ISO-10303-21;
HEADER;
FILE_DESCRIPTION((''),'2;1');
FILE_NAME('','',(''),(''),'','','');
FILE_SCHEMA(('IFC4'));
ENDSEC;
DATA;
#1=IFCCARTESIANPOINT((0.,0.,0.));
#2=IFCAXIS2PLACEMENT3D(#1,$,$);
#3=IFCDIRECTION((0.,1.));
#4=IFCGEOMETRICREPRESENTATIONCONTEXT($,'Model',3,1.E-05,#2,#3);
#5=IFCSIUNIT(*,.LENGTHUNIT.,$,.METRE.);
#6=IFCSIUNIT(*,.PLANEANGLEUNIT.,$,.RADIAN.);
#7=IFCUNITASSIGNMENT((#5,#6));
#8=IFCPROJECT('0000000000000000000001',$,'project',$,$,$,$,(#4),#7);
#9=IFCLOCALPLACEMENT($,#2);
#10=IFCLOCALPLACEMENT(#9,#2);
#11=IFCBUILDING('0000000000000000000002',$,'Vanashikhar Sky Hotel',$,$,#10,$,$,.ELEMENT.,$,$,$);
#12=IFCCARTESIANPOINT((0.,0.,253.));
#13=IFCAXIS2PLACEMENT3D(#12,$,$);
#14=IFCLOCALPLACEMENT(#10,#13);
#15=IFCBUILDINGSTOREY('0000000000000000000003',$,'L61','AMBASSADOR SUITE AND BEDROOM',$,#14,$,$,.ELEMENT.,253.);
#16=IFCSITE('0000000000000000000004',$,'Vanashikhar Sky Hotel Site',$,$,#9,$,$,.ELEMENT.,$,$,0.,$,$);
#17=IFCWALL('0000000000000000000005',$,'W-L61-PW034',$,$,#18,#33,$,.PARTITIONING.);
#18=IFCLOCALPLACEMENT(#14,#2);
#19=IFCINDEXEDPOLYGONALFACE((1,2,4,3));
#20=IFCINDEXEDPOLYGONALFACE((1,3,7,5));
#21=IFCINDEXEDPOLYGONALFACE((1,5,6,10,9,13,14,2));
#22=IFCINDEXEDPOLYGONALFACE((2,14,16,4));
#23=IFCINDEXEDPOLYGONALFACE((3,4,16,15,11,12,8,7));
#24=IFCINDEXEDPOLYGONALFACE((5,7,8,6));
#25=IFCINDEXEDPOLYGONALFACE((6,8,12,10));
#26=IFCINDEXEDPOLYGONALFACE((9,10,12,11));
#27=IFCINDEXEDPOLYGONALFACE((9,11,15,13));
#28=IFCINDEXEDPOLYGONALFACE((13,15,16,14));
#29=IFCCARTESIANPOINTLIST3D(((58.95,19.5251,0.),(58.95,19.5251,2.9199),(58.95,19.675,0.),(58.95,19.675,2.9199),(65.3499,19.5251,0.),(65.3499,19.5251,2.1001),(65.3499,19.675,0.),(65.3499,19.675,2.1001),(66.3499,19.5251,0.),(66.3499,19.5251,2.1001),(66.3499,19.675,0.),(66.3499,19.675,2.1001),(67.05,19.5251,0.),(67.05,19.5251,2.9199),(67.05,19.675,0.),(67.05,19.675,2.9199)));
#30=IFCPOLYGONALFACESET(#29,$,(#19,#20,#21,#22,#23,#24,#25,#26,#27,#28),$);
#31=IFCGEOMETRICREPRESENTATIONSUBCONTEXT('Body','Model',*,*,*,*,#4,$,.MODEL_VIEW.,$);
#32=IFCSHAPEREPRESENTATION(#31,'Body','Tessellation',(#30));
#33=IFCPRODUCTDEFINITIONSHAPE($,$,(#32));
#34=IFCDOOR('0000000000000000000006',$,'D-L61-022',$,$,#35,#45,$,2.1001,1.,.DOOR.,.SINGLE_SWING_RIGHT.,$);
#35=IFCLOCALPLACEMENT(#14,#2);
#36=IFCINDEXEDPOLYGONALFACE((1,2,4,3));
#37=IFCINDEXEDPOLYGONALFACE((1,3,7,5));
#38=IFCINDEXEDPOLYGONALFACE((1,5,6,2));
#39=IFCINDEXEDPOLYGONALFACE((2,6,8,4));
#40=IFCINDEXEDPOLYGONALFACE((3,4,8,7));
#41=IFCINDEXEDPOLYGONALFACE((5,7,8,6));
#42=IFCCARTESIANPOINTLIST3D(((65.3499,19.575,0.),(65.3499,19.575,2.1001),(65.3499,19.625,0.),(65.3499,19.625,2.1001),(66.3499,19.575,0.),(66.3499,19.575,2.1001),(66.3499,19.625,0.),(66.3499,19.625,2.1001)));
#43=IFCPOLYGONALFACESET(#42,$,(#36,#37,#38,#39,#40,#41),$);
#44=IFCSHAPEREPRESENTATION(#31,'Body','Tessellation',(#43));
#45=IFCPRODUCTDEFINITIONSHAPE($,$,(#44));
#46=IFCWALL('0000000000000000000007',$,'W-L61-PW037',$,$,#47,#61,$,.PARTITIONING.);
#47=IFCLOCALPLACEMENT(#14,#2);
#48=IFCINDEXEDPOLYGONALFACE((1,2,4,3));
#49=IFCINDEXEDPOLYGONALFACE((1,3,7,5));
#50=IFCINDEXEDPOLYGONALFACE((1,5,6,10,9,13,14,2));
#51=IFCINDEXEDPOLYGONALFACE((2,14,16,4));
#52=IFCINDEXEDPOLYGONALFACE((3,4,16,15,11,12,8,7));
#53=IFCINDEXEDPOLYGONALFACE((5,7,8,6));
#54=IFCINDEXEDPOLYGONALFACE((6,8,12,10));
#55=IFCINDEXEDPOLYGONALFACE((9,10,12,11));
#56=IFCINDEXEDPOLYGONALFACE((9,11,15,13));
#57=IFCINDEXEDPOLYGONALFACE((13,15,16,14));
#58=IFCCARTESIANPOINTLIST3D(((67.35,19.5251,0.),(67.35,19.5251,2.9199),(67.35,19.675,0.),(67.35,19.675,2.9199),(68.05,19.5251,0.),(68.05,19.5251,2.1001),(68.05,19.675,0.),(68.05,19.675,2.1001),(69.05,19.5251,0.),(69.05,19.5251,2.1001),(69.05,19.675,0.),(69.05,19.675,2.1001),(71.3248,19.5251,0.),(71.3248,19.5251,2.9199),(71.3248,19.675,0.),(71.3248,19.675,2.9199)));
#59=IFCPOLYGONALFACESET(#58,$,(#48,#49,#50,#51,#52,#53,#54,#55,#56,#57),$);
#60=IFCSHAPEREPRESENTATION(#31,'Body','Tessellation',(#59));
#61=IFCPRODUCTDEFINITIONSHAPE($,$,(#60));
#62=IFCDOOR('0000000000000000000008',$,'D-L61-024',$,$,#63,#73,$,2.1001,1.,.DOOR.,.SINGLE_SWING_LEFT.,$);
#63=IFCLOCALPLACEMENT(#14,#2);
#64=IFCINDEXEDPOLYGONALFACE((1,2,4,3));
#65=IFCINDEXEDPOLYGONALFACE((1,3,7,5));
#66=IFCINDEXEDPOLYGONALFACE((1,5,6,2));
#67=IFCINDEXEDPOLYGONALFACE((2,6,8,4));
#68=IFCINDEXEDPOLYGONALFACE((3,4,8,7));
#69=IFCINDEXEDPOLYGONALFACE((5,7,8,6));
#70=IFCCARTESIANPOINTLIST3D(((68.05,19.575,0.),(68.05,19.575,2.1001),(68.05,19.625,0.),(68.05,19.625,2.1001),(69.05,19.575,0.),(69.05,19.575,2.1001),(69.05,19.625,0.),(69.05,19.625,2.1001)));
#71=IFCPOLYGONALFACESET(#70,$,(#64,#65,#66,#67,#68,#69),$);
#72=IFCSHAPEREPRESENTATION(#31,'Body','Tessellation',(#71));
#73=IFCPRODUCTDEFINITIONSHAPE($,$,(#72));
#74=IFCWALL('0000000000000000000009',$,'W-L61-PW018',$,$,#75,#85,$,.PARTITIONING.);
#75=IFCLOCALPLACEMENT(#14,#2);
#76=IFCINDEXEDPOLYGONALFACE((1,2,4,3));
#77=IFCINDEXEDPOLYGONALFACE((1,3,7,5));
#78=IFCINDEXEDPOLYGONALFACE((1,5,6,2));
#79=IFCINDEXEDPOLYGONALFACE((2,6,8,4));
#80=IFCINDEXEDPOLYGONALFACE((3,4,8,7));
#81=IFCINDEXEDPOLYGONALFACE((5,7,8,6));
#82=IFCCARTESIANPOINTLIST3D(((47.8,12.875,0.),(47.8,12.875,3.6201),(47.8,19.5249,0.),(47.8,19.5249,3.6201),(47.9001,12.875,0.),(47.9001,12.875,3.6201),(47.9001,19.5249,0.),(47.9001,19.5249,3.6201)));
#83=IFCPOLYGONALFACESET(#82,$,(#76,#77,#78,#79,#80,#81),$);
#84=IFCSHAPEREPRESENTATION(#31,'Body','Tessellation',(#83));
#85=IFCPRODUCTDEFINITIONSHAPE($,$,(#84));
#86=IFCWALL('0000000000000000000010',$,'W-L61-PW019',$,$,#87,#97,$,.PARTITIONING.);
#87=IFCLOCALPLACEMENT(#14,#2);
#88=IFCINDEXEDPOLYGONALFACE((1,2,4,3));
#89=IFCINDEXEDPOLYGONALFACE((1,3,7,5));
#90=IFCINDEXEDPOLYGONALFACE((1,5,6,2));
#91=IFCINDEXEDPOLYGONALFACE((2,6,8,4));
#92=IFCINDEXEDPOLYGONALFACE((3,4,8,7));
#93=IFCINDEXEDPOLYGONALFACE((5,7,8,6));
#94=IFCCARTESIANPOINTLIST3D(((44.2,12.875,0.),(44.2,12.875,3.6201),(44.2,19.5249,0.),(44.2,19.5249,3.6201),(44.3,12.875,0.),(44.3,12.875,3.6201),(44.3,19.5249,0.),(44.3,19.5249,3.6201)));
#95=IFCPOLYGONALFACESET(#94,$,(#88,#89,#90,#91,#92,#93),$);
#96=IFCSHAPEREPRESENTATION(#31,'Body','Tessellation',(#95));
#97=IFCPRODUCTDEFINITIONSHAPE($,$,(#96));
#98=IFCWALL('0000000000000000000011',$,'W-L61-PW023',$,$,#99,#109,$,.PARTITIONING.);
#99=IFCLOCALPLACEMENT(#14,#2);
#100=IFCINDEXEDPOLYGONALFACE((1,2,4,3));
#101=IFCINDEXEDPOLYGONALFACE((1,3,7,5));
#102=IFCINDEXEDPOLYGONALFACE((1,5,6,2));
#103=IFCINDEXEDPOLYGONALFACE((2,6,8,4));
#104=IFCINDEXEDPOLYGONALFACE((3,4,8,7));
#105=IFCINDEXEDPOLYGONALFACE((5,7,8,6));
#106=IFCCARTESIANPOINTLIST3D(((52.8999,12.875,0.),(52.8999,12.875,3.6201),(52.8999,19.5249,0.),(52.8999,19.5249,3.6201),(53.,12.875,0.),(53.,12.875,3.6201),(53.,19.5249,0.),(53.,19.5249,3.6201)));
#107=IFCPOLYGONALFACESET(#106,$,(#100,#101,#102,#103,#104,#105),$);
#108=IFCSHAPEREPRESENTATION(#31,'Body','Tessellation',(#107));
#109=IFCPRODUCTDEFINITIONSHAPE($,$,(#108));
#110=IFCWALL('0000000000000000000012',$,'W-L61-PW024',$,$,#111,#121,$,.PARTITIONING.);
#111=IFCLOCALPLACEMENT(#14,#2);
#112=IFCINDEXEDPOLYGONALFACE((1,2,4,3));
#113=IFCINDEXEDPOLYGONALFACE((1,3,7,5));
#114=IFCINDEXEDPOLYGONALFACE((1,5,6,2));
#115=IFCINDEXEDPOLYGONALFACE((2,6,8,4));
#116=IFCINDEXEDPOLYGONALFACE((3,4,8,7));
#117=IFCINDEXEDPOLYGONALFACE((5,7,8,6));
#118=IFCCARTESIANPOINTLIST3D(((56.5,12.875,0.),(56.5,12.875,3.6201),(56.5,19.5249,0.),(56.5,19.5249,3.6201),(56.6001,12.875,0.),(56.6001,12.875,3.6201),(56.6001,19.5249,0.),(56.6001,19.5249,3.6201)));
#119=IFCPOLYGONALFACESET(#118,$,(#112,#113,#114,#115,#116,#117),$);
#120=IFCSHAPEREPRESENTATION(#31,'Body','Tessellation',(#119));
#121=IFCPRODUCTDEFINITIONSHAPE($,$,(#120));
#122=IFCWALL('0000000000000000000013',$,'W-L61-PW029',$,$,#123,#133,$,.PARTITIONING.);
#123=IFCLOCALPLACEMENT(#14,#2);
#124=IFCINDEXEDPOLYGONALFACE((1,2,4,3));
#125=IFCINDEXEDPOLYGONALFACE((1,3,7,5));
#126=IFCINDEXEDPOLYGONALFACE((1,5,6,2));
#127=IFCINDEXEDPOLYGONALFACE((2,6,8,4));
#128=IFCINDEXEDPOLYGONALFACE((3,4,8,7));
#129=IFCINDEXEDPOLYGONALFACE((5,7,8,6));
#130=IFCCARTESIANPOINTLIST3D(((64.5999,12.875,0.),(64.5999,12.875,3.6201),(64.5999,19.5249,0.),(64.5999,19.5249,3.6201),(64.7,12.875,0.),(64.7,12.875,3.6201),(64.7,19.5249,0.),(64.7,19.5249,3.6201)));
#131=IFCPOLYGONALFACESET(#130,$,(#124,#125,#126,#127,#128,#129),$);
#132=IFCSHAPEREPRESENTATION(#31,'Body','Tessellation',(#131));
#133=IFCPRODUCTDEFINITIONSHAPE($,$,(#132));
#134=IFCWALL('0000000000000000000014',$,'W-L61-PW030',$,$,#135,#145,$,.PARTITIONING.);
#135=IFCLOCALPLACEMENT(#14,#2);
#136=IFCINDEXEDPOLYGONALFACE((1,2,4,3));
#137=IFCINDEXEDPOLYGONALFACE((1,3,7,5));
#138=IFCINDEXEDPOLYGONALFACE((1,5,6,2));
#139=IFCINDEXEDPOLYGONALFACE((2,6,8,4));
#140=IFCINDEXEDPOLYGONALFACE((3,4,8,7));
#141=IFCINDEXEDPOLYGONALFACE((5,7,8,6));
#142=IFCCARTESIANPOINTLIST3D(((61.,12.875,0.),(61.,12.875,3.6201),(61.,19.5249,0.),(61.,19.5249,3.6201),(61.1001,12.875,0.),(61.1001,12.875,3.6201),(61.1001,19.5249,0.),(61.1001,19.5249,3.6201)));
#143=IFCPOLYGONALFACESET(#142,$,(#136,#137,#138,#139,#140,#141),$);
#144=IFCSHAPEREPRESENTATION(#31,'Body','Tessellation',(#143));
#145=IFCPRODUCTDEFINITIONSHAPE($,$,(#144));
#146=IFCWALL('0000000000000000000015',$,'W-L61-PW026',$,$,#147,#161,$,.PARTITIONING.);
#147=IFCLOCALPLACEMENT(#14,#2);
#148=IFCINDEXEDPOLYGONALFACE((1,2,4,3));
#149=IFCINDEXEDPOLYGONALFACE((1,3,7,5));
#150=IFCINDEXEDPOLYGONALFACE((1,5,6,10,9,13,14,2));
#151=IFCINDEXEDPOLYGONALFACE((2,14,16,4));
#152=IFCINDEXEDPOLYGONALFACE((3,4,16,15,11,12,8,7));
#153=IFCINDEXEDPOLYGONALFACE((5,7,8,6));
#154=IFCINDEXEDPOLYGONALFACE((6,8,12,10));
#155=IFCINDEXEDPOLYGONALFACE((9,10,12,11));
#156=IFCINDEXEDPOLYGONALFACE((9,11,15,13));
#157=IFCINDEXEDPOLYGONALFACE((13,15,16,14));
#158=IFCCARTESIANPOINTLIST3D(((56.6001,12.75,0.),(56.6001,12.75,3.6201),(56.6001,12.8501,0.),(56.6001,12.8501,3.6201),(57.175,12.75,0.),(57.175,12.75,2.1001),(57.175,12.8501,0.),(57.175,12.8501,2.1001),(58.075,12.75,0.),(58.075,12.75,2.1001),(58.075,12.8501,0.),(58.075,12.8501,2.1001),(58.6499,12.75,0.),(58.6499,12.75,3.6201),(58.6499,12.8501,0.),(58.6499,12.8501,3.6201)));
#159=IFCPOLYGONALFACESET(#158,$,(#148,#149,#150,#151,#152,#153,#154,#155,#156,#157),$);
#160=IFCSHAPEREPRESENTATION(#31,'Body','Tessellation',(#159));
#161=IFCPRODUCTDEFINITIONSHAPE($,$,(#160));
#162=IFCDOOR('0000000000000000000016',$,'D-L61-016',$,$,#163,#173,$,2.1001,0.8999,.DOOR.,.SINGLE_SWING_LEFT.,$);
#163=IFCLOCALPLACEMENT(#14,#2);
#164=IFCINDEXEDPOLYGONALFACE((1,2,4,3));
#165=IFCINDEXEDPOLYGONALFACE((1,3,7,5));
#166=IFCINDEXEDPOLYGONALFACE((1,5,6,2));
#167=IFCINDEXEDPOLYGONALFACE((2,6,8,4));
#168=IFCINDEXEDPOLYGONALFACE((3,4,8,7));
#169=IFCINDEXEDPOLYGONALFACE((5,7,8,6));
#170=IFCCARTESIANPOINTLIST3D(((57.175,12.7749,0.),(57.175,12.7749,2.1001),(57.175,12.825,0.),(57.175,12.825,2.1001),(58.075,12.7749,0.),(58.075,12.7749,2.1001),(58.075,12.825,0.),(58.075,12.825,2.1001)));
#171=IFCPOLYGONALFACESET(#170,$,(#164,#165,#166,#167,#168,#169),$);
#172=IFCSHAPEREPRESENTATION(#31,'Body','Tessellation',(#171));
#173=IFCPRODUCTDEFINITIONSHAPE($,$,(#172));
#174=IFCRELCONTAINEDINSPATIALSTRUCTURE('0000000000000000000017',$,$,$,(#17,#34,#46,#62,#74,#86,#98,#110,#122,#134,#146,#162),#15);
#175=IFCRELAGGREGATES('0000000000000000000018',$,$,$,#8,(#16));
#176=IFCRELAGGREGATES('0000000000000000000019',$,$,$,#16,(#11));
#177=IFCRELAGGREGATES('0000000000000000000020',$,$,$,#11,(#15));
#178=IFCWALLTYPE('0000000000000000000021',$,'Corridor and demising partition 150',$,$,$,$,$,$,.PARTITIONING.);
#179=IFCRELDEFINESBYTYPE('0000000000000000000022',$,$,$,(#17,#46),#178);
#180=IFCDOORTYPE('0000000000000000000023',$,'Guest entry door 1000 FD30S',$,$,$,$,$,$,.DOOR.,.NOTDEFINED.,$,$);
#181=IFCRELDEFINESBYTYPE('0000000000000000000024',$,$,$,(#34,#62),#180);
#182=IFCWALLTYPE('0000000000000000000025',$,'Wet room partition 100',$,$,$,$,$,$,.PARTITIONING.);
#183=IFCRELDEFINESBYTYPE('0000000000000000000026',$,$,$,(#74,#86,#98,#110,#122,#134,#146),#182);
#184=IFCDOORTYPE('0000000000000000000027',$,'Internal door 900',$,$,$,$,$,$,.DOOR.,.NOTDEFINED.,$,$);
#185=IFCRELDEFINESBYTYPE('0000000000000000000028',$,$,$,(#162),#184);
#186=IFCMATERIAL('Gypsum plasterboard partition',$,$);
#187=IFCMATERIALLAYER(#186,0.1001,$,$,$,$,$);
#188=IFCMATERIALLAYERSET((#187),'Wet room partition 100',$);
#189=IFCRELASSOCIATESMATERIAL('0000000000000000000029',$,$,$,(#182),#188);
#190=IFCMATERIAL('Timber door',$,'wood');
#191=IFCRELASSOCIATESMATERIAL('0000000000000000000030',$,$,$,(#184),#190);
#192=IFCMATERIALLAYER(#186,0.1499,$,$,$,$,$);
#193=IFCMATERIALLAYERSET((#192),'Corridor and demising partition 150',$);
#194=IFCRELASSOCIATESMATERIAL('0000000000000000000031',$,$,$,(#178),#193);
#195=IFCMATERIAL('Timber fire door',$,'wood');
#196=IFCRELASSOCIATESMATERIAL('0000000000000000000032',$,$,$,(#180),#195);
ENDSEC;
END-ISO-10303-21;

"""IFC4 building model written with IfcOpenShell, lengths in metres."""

from ifc_helpers import new_model, si_unit, direction, frame, frame_2d, origin, place, context, subcontext, project, spatial, rectangle, extrude, source, transform, mapped, material, layer, layer_set, type_object, element, fill, save


model = new_model("IFC4")

# Units and contexts
model_context = context("Model", 3, precision=1e-05, world=origin(), true_north=direction((0.0, 1.0)))
body_context = subcontext(model_context, "Body", "Model", "MODEL_VIEW")
ifc_project = project(units=[si_unit("LENGTHUNIT", "METRE"), si_unit("PLANEANGLEUNIT", "RADIAN")], contexts=[model_context])

# Site, building, storey
site_placement = place(None, origin())
site = spatial("IfcSite", under=ifc_project, at=site_placement, Name="Vanashikhar Sky Hotel Site", CompositionType="ELEMENT", RefElevation=0.0)
building_placement = place(site_placement, origin())
building = spatial("IfcBuilding", under=site, at=building_placement, Name="Vanashikhar Sky Hotel", CompositionType="ELEMENT")
storey_placement = place(building_placement, frame((0.0, 0.0, 253.0)))
storey = spatial("IfcBuildingStorey", under=building, at=storey_placement, Name="L61", Description="AMBASSADOR SUITE AND BEDROOM", CompositionType="ELEMENT", Elevation=253.0)

# Walls, openings, doors
ifc_material_1 = material(Name="Gypsum plasterboard partition")
ifc_layer_1 = layer(ifc_material_1, 0.1001)
ifc_layer_set_1 = layer_set([ifc_layer_1], Name="Wet room partition 100")
wall_type_1 = type_object("IfcWallType", Name="Wet room partition 100", PredefinedType="PARTITIONING", material=ifc_layer_set_1)
shared_shape_1 = source(origin(), body_context, "Body", "SweptSolid", [
    extrude(rectangle(XDim=0.8999, YDim=2.1001, at=frame_2d((0.45, 1.05))), frame((0.0, 0.0601, 0.0), z_axis=(0.0, -1.0, 0.0), x_axis=(1.0, 0.0, 0.0)), (0.0, 0.0, 1.0), 0.1201),
])
ifc_material_2 = material(Name="Timber door", Category="wood")
door_type_1 = type_object("IfcDoorType", Name="Internal door 900", OperationType="NOTDEFINED", PredefinedType="DOOR", material=ifc_material_2)
shared_shape_2 = source(origin(), body_context, "Body", "SweptSolid", [
    extrude(rectangle(XDim=0.8999, YDim=2.1001, at=frame_2d((0.45, 1.05))), frame((0.0, 0.0249, 0.0), z_axis=(0.0, -1.0, 0.0), x_axis=(1.0, 0.0, 0.0)), (0.0, 0.0, 1.0), 0.05),
])
ifc_layer_2 = layer(ifc_material_1, 0.1499)
ifc_layer_set_2 = layer_set([ifc_layer_2], Name="Corridor and demising partition 150")
wall_type_2 = type_object("IfcWallType", Name="Corridor and demising partition 150", PredefinedType="PARTITIONING", material=ifc_layer_set_2)
shared_shape_3 = source(origin(), body_context, "Body", "SweptSolid", [
    extrude(rectangle(XDim=1.0, YDim=2.1001, at=frame_2d((0.5, 1.05))), frame((0.0, 0.085, 0.0), z_axis=(0.0, -1.0, 0.0), x_axis=(1.0, 0.0, 0.0)), (0.0, 0.0, 1.0), 0.1699),
])
ifc_material_3 = material(Name="Timber fire door", Category="wood")
door_type_2 = type_object("IfcDoorType", Name="Guest entry door 1000 FD30S", OperationType="NOTDEFINED", PredefinedType="DOOR", material=ifc_material_3)
shared_shape_4 = source(origin(), body_context, "Body", "SweptSolid", [
    extrude(rectangle(XDim=1.0, YDim=2.1001, at=frame_2d((0.5, 1.05))), frame((0.0, 0.0249, 0.0), z_axis=(0.0, -1.0, 0.0), x_axis=(1.0, 0.0, 0.0)), (0.0, 0.0, 1.0), 0.05),
])
shared_shape_5 = source(origin(), body_context, "Body", "SweptSolid", [
    extrude(rectangle(XDim=8.1001, YDim=0.1499, at=frame_2d((4.05, 0.0))), origin(), (0.0, 0.0, 1.0), 2.9199),
])
wall_1_placement = place(storey_placement, frame((58.95, 19.6001, 0.0), z_axis=(0.0, 0.0, 1.0), x_axis=(1.0, 0.0, 0.0)))
wall_1 = element("IfcWall", 1, at=wall_1_placement, inside=storey, type_object=wall_type_2, Name="W-L61-PW034", PredefinedType="PARTITIONING", context=body_context, shape_type="MappedRepresentation", body=[
    mapped(shared_shape_5, transform((0.0, 0.0, 0.0), scale=1.0)),
])
opening_1_placement = place(wall_1_placement, frame((6.3999, 0.0, 0.0)))
opening_1 = element("IfcOpeningElement", 2, at=opening_1_placement, cuts=wall_1, PredefinedType="OPENING", context=body_context, shape_type="MappedRepresentation", body=[
    mapped(shared_shape_3, transform((0.0, 0.0, 0.0), scale=1.0)),
])
door_1_placement = place(opening_1_placement, origin())
door_1 = element("IfcDoor", 3, at=door_1_placement, inside=storey, type_object=door_type_2, Name="D-L61-022", OperationType="SINGLE_SWING_RIGHT", OverallHeight=2.1001, OverallWidth=1.0, PredefinedType="DOOR", context=body_context, shape_type="MappedRepresentation", body=[
    mapped(shared_shape_4, transform((0.0, 0.0, 0.0), scale=1.0)),
])
fill(opening_1, door_1)
shared_shape_6 = source(origin(), body_context, "Body", "SweptSolid", [
    extrude(rectangle(XDim=3.9749, YDim=0.1499, at=frame_2d((1.9873, 0.0))), origin(), (0.0, 0.0, 1.0), 2.9199),
])
wall_2_placement = place(storey_placement, frame((67.3501, 19.6001, 0.0), z_axis=(0.0, 0.0, 1.0), x_axis=(1.0, 0.0, 0.0)))
wall_2 = element("IfcWall", 4, at=wall_2_placement, inside=storey, type_object=wall_type_2, Name="W-L61-PW037", PredefinedType="PARTITIONING", context=body_context, shape_type="MappedRepresentation", body=[
    mapped(shared_shape_6, transform((0.0, 0.0, 0.0), scale=1.0)),
])
opening_2_placement = place(wall_2_placement, frame((0.7, 0.0, 0.0)))
opening_2 = element("IfcOpeningElement", 5, at=opening_2_placement, cuts=wall_2, PredefinedType="OPENING", context=body_context, shape_type="MappedRepresentation", body=[
    mapped(shared_shape_3, transform((0.0, 0.0, 0.0), scale=1.0)),
])
door_2_placement = place(opening_2_placement, origin())
door_2 = element("IfcDoor", 6, at=door_2_placement, inside=storey, type_object=door_type_2, Name="D-L61-024", OperationType="SINGLE_SWING_LEFT", OverallHeight=2.1001, OverallWidth=1.0, PredefinedType="DOOR", context=body_context, shape_type="MappedRepresentation", body=[
    mapped(shared_shape_4, transform((0.0, 0.0, 0.0), scale=1.0)),
])
fill(opening_2, door_2)

# Walls
shared_shape_7 = source(origin(), body_context, "Body", "SweptSolid", [
    extrude(rectangle(XDim=6.6499, YDim=0.1001, at=frame_2d((3.325, 0.0))), origin(), (0.0, 0.0, 1.0), 3.6201),
])
for number, where, z_axis, x_axis, name in (
    (7, (47.8501, 12.875, 0.0), (0.0, 0.0, 1.0), (0.0, 1.0, 0.0), "W-L61-PW018"),
    (8, (44.25, 12.875, 0.0), (0.0, 0.0, 1.0), (0.0, 1.0, 0.0), "W-L61-PW019"),
    (9, (52.95, 12.875, 0.0), (0.0, 0.0, 1.0), (0.0, 1.0, 0.0), "W-L61-PW023"),
    (10, (56.55, 12.875, 0.0), (0.0, 0.0, 1.0), (0.0, 1.0, 0.0), "W-L61-PW024"),
    (11, (64.6499, 12.875, 0.0), (0.0, 0.0, 1.0), (0.0, 1.0, 0.0), "W-L61-PW029"),
    (12, (61.05, 12.875, 0.0), (0.0, 0.0, 1.0), (0.0, 1.0, 0.0), "W-L61-PW030"),
):
    element("IfcWall", number, at=place(storey_placement, frame(where, z_axis=z_axis, x_axis=x_axis)), inside=storey, type_object=wall_type_1, Name=name, PredefinedType="PARTITIONING", context=body_context, shape_type="MappedRepresentation", body=[
        mapped(shared_shape_7, transform((0.0, 0.0, 0.0), scale=1.0)),
    ])

# Wall, opening, door
shared_shape_8 = source(origin(), body_context, "Body", "SweptSolid", [
    extrude(rectangle(XDim=2.0498, YDim=0.1001, at=frame_2d((1.0249, 0.0))), origin(), (0.0, 0.0, 1.0), 3.6201),
])
wall_3_placement = place(storey_placement, frame((56.6001, 12.8, 0.0), z_axis=(0.0, 0.0, 1.0), x_axis=(1.0, 0.0, 0.0)))
wall_3 = element("IfcWall", 13, at=wall_3_placement, inside=storey, type_object=wall_type_1, Name="W-L61-PW026", PredefinedType="PARTITIONING", context=body_context, shape_type="MappedRepresentation", body=[
    mapped(shared_shape_8, transform((0.0, 0.0, 0.0), scale=1.0)),
])
opening_3_placement = place(wall_3_placement, frame((0.575, 0.0, 0.0)))
opening_3 = element("IfcOpeningElement", 14, at=opening_3_placement, cuts=wall_3, PredefinedType="OPENING", context=body_context, shape_type="MappedRepresentation", body=[
    mapped(shared_shape_1, transform((0.0, 0.0, 0.0), scale=1.0)),
])
door_3_placement = place(opening_3_placement, origin())
door_3 = element("IfcDoor", 15, at=door_3_placement, inside=storey, type_object=door_type_1, Name="D-L61-016", OperationType="SINGLE_SWING_LEFT", OverallHeight=2.1001, OverallWidth=0.8999, PredefinedType="DOOR", context=body_context, shape_type="MappedRepresentation", body=[
    mapped(shared_shape_2, transform((0.0, 0.0, 0.0), scale=1.0)),
])
fill(opening_3, door_3)

save(model, "model.ifc")
